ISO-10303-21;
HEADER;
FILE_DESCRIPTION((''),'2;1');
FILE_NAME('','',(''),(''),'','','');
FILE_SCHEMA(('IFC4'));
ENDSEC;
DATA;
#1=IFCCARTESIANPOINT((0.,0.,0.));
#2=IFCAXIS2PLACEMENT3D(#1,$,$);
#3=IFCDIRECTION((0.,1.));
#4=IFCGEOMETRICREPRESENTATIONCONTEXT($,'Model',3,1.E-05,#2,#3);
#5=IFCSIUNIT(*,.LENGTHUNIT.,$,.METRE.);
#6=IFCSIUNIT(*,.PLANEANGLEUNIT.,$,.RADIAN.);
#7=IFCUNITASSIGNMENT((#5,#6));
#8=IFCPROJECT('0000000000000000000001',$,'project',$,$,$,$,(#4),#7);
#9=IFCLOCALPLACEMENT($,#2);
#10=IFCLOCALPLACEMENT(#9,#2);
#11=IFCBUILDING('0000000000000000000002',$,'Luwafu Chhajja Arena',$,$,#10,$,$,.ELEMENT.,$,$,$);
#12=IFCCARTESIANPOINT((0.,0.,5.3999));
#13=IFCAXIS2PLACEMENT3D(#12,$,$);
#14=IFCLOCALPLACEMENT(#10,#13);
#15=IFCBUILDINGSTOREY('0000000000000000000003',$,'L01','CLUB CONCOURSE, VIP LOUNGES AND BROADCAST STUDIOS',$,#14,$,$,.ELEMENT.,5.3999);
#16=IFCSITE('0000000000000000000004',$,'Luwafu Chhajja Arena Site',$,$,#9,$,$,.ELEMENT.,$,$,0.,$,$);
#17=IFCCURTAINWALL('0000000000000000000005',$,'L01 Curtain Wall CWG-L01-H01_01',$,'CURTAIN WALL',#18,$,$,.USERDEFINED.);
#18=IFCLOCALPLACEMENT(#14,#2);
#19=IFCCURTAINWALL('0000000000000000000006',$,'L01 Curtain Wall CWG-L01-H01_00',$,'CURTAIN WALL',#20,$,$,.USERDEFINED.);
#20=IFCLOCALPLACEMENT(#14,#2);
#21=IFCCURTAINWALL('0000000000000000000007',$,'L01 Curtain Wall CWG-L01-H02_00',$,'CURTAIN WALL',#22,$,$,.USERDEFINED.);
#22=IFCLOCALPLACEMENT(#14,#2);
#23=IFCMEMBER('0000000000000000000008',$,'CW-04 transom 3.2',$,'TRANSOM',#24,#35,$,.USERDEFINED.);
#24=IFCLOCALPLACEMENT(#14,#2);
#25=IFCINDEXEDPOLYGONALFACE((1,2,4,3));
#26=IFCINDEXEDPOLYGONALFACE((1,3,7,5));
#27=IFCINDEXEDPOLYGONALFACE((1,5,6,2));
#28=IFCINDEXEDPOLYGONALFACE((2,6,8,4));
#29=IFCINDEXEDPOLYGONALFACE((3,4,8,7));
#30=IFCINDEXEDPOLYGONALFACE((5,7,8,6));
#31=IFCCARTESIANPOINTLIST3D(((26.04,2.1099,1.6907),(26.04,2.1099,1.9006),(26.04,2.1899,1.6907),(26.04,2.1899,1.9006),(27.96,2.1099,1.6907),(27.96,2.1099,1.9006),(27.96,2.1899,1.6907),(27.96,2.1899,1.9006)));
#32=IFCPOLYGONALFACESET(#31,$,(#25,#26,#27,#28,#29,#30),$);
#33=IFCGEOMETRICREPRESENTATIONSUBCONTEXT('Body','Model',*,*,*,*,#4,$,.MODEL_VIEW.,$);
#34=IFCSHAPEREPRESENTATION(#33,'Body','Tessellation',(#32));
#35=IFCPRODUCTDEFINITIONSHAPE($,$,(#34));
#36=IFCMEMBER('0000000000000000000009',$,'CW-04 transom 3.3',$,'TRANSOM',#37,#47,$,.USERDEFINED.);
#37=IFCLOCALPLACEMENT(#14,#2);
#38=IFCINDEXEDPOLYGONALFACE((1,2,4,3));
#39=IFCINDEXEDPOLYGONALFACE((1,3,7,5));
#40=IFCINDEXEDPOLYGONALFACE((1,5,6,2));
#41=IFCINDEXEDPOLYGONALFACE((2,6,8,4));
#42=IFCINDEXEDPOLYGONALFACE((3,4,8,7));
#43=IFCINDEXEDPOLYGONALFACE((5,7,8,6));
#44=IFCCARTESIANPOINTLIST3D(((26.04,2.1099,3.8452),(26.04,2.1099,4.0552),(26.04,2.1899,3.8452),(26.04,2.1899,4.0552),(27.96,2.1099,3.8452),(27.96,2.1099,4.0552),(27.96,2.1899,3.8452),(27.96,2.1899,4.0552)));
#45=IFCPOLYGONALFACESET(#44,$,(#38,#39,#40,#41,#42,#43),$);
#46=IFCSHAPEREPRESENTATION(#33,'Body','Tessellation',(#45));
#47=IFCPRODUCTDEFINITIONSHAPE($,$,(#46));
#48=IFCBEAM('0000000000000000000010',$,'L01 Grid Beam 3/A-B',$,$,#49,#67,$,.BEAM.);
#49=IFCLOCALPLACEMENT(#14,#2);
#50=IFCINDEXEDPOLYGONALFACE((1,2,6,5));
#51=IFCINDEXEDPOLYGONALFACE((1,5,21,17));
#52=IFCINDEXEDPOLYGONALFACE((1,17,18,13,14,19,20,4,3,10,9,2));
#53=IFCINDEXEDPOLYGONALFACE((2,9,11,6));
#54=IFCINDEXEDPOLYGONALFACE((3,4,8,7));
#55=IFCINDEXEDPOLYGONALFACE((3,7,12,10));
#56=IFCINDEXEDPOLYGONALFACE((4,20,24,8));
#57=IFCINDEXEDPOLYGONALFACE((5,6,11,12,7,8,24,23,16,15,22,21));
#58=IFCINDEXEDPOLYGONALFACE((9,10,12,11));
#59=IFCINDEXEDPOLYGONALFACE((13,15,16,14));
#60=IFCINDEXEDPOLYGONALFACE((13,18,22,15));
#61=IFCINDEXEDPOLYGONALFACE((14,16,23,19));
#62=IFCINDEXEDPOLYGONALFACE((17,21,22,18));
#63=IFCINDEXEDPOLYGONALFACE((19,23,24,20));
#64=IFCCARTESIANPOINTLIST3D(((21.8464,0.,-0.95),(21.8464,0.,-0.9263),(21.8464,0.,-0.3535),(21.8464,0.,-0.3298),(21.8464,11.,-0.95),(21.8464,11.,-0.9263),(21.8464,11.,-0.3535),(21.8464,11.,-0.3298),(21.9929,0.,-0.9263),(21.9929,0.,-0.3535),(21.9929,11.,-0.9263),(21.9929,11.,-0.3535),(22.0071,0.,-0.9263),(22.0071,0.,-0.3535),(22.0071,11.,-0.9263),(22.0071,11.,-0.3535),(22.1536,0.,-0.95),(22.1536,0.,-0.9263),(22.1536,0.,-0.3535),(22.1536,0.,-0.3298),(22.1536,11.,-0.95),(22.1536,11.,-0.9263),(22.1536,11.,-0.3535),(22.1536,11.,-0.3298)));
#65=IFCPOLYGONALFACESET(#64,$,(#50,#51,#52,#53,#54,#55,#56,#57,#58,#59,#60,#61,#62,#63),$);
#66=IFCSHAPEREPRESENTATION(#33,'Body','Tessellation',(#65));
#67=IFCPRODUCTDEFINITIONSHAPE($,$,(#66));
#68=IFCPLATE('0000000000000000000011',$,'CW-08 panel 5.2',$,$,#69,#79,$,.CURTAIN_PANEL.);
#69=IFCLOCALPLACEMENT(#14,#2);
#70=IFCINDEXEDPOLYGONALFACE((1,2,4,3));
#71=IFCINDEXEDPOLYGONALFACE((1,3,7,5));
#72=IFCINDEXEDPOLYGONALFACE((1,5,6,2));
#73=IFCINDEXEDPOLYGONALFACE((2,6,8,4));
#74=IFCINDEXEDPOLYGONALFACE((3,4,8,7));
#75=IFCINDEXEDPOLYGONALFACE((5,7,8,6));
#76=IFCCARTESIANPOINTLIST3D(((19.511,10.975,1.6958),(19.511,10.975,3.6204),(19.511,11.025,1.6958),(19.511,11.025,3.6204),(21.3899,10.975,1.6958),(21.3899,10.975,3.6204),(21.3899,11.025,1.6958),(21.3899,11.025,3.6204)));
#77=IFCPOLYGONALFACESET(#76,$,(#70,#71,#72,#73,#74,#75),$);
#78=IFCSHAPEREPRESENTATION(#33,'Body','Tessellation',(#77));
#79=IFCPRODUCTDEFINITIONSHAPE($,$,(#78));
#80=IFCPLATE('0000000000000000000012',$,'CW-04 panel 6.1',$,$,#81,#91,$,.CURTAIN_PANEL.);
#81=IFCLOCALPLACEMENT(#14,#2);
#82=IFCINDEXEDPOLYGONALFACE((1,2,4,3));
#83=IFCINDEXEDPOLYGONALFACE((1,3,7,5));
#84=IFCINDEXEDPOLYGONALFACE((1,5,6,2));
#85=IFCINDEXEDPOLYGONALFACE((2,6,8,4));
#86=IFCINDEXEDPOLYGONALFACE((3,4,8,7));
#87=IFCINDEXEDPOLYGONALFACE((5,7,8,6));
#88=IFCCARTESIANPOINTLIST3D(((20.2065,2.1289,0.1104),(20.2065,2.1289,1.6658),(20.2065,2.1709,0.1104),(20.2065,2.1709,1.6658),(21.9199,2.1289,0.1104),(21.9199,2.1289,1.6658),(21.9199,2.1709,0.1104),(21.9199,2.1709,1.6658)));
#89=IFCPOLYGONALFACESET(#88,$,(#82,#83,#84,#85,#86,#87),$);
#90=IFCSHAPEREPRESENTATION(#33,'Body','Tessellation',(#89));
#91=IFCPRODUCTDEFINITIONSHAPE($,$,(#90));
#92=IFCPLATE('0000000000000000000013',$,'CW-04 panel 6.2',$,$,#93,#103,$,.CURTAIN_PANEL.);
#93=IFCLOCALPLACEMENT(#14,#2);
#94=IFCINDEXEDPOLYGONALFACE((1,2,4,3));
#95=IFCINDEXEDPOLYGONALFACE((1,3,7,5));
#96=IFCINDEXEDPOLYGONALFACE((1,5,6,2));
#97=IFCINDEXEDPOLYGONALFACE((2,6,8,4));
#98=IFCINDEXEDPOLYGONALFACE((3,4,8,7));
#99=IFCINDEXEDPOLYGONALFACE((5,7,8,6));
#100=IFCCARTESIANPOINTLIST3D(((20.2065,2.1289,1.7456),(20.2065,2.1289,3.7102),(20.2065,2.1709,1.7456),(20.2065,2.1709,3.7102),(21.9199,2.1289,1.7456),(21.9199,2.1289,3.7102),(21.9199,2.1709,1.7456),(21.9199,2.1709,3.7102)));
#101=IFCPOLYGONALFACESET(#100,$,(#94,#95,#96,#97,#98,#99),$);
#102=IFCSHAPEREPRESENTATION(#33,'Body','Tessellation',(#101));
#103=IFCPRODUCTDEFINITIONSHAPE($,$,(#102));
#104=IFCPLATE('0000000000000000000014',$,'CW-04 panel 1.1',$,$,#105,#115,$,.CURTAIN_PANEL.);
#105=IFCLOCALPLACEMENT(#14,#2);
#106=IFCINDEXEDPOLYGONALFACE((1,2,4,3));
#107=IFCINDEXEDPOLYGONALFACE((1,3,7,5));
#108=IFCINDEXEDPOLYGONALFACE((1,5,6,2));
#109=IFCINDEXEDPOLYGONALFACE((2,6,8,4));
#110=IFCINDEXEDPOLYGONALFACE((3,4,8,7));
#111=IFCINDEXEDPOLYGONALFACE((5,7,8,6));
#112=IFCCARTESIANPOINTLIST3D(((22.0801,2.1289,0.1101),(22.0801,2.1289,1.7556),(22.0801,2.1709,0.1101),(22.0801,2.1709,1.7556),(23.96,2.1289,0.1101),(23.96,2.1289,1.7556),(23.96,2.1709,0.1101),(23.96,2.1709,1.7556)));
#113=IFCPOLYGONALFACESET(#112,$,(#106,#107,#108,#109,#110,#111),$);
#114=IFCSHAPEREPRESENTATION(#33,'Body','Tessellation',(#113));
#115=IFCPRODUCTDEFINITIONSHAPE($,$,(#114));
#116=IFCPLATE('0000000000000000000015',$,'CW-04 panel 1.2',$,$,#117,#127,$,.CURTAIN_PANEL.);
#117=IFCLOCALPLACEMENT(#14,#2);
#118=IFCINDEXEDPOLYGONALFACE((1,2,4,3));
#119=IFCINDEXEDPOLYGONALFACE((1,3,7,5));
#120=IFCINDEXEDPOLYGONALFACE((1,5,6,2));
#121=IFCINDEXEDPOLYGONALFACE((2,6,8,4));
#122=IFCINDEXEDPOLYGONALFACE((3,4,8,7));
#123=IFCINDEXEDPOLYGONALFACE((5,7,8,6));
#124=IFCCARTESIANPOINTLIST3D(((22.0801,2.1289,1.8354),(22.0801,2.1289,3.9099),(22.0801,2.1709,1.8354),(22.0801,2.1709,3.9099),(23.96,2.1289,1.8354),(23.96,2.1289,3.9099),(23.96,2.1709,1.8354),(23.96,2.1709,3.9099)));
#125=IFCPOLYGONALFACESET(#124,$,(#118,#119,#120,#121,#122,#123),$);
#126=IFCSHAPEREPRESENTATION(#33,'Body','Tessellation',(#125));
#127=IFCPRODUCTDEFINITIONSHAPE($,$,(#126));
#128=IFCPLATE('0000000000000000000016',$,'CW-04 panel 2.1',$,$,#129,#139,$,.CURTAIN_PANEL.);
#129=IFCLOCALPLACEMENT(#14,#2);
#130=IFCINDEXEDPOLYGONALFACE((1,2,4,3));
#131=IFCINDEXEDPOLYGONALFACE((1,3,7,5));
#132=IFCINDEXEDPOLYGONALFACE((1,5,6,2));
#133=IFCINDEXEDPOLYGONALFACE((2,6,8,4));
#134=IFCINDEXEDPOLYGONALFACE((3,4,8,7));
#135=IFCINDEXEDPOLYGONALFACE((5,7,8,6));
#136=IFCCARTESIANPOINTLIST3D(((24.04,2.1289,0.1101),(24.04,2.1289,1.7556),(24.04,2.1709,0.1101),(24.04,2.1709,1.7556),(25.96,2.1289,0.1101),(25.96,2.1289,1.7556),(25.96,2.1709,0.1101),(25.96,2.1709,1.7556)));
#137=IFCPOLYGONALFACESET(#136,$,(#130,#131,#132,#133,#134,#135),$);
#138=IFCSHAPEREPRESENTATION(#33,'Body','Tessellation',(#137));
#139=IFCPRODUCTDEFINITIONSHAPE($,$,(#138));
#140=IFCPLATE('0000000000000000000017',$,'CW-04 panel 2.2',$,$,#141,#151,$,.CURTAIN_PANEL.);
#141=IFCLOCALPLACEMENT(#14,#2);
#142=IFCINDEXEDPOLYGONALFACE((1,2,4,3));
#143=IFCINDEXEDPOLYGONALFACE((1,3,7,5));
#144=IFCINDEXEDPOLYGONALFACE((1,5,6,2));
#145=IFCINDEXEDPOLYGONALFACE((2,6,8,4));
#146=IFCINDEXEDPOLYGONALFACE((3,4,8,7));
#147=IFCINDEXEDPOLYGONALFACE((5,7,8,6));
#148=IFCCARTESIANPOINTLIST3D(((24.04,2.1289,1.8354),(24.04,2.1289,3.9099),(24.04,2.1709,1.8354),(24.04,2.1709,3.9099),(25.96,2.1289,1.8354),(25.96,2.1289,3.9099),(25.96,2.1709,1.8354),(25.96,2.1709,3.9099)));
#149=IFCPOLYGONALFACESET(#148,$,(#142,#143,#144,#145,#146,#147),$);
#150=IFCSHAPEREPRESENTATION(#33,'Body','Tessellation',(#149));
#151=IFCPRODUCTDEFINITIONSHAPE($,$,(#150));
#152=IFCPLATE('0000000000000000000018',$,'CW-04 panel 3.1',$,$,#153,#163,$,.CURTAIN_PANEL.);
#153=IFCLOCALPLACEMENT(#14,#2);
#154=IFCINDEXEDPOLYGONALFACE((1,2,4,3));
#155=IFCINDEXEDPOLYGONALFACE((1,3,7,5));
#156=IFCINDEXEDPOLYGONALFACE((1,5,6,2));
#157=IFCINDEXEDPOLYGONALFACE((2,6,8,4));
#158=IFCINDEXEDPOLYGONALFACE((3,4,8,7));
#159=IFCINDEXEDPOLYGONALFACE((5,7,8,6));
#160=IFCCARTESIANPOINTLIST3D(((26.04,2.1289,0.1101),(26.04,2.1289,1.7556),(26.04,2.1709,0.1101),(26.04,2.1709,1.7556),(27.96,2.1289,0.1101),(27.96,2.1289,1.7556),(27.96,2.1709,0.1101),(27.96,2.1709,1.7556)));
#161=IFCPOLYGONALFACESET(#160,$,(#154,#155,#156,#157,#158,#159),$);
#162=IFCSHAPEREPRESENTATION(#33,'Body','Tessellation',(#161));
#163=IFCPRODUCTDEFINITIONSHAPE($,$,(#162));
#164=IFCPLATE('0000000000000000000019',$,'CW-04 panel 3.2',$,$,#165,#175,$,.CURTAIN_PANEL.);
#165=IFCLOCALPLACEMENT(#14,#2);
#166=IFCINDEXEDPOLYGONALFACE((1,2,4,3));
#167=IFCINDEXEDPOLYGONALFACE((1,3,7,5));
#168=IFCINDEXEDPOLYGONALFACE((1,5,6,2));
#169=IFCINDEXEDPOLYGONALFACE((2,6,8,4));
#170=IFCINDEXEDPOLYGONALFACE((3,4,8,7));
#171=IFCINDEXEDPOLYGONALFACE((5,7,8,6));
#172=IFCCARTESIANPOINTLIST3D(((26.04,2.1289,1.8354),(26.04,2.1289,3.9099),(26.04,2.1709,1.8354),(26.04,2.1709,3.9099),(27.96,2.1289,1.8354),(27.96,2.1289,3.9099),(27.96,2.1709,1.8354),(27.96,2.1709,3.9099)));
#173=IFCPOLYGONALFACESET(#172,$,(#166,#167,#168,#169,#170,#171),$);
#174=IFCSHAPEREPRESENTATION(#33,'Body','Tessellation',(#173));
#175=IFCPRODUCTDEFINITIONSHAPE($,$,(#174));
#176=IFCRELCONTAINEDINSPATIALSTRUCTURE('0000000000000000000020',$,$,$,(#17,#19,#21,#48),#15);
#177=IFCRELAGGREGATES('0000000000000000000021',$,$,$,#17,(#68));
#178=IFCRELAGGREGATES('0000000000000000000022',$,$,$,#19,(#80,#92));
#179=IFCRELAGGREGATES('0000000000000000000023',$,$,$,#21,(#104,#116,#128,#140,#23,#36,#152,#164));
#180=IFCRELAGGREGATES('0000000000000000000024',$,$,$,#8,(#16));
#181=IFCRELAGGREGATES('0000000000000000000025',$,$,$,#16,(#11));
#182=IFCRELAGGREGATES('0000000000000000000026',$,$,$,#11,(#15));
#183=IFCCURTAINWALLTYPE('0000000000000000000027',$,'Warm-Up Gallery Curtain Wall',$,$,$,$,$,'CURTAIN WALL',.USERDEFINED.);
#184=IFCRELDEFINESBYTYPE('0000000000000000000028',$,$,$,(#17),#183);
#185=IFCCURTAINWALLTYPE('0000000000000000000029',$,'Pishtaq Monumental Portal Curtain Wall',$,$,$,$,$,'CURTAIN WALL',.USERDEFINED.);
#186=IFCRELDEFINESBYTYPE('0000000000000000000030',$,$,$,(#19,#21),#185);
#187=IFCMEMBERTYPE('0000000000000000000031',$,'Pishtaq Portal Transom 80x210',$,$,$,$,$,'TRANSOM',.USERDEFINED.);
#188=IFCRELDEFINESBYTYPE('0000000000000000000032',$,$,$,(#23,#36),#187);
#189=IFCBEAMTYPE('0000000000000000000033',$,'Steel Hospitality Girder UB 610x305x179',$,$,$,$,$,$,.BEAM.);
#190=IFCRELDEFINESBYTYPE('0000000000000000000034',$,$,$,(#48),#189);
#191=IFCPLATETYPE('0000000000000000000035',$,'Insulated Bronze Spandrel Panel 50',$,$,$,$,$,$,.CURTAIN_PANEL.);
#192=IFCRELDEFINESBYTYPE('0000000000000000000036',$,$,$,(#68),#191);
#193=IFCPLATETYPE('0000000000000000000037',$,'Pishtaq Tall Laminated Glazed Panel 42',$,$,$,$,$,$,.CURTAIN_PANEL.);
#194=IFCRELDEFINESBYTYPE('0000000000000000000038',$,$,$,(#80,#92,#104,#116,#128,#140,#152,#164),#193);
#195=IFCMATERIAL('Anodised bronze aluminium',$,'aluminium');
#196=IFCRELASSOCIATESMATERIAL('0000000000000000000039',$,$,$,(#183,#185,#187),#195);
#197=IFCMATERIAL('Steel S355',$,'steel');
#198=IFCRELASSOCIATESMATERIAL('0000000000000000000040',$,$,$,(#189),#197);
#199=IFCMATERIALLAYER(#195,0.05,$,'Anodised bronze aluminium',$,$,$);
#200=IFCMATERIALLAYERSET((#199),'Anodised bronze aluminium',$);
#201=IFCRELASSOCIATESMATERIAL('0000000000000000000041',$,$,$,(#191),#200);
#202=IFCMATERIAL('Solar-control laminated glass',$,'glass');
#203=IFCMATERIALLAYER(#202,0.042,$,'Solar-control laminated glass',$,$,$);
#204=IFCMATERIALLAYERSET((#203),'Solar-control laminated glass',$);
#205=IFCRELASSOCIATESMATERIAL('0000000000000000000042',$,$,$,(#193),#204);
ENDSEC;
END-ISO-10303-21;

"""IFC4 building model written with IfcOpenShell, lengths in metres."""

from ifc_helpers import new_model, si_unit, direction, frame, origin, origin_2d, place, context, subcontext, project, spatial, rectangle, i_section, extrude, material, layer, layer_set, material_profile, profile_set, type_object, element, aggregate, save


model = new_model("IFC4")

# Units and contexts
model_context = context("Model", 3, precision=1e-05, world=origin(), true_north=direction((0.0, 1.0)))
body_context = subcontext(model_context, "Body", "Model", "MODEL_VIEW")
ifc_project = project(units=[si_unit("LENGTHUNIT", "METRE"), si_unit("PLANEANGLEUNIT", "RADIAN")], contexts=[model_context])

# Site, building, storey
site_placement = place(None, origin())
site = spatial("IfcSite", under=ifc_project, at=site_placement, Name="Luwafu Chhajja Arena Site", CompositionType="ELEMENT", RefElevation=0.0)
building_placement = place(site_placement, origin())
building = spatial("IfcBuilding", under=site, at=building_placement, Name="Luwafu Chhajja Arena", CompositionType="ELEMENT")
storey_placement = place(building_placement, frame((0.0, 0.0, 5.3999)))
storey = spatial("IfcBuildingStorey", under=building, at=storey_placement, Name="L01", Description="CLUB CONCOURSE, VIP LOUNGES AND BROADCAST STUDIOS", CompositionType="ELEMENT", Elevation=5.3999)

# Curtain walls
ifc_material_1 = material(Name="Anodised bronze aluminium", Category="aluminium")
curtain_wall_type_1 = type_object("IfcCurtainWallType", Name="Warm-Up Gallery Curtain Wall", ElementType="CURTAIN WALL", PredefinedType="USERDEFINED", material=ifc_material_1)
curtain_wall_1_placement = place(storey_placement, origin())
curtain_wall_1 = element("IfcCurtainWall", 1, at=curtain_wall_1_placement, inside=storey, type_object=curtain_wall_type_1, Name="L01 Curtain Wall CWG-L01-H01_01", ObjectType="CURTAIN WALL", PredefinedType="USERDEFINED")
curtain_wall_type_2 = type_object("IfcCurtainWallType", Name="Pishtaq Monumental Portal Curtain Wall", ElementType="CURTAIN WALL", PredefinedType="USERDEFINED", material=ifc_material_1)
curtain_wall_2_placement = place(storey_placement, origin())
curtain_wall_2 = element("IfcCurtainWall", 2, at=curtain_wall_2_placement, inside=storey, type_object=curtain_wall_type_2, Name="L01 Curtain Wall CWG-L01-H01_00", ObjectType="CURTAIN WALL", PredefinedType="USERDEFINED")

# Curtain wall, members
curtain_wall_3_placement = place(storey_placement, origin())
curtain_wall_3 = element("IfcCurtainWall", 3, at=curtain_wall_3_placement, inside=storey, type_object=curtain_wall_type_2, Name="L01 Curtain Wall CWG-L01-H02_00", ObjectType="CURTAIN WALL", PredefinedType="USERDEFINED")
ifc_material_profile_1 = material_profile(ifc_material_1, rectangle(XDim=0.0801, YDim=0.21, at=origin_2d()), Name="CWT 80x210")
ifc_profile_set_1 = profile_set([ifc_material_profile_1], Name="Anodised bronze aluminium")
member_type_1 = type_object("IfcMemberType", Name="Pishtaq Portal Transom 80x210", ElementType="TRANSOM", PredefinedType="USERDEFINED", material=ifc_profile_set_1)
member_1_placement = place(storey_placement, frame((26.04, 2.1499, 1.7957), z_axis=(1.0, 0.0, 0.0), x_axis=(0.0, 1.0, 0.0)))
member_1 = element("IfcMember", 4, at=member_1_placement, type_object=member_type_1, Name="CW-04 transom 3.2", ObjectType="TRANSOM", PredefinedType="USERDEFINED", context=body_context, shape_type="SweptSolid", body=[
    extrude(rectangle(XDim=0.0801, YDim=0.21, at=origin_2d()), origin(), (0.0, 0.0, 1.0), 1.9199),
])
member_2_placement = place(storey_placement, frame((26.04, 2.1499, 3.9502), z_axis=(1.0, 0.0, 0.0), x_axis=(0.0, 1.0, 0.0)))
member_2 = element("IfcMember", 5, at=member_2_placement, type_object=member_type_1, Name="CW-04 transom 3.3", ObjectType="TRANSOM", PredefinedType="USERDEFINED", context=body_context, shape_type="SweptSolid", body=[
    extrude(rectangle(XDim=0.0801, YDim=0.21, at=origin_2d()), origin(), (0.0, 0.0, 1.0), 1.9199),
])

# Beam
ifc_material_2 = material(Name="Steel S355", Category="steel")
ifc_material_profile_2 = material_profile(ifc_material_2, i_section(OverallWidth=0.3071, OverallDepth=0.6201, WebThickness=0.0142, FlangeThickness=0.0237, at=origin_2d()), Name="UB 610x305x179")
ifc_profile_set_2 = profile_set([ifc_material_profile_2], Name="Steel S355")
beam_type_1 = type_object("IfcBeamType", Name="Steel Hospitality Girder UB 610x305x179", PredefinedType="BEAM", material=ifc_profile_set_2)
beam_1_placement = place(storey_placement, frame((22.0, 0.0, -0.6399), z_axis=(0.0, 1.0, 0.0), x_axis=(-1.0, 0.0, 0.0)))
element("IfcBeam", 6, at=beam_1_placement, inside=storey, type_object=beam_type_1, Name="L01 Grid Beam 3/A-B", PredefinedType="BEAM", context=body_context, shape_type="SweptSolid", body=[
    extrude(i_section(OverallWidth=0.3071, OverallDepth=0.6201, WebThickness=0.0142, FlangeThickness=0.0237, at=origin_2d()), origin(), (0.0, 0.0, 1.0), 11.0),
])

# Plates
ifc_layer_1 = layer(ifc_material_1, 0.05, Name="Anodised bronze aluminium")
ifc_layer_set_1 = layer_set([ifc_layer_1], Name="Anodised bronze aluminium")
plate_type_1 = type_object("IfcPlateType", Name="Insulated Bronze Spandrel Panel 50", PredefinedType="CURTAIN_PANEL", material=ifc_layer_set_1)
plate_1_placement = place(storey_placement, frame((20.4504, 11.0, 1.6958), z_axis=(0.0, 0.0, 1.0), x_axis=(1.0, 0.0, 0.0)))
plate_1 = element("IfcPlate", 7, at=plate_1_placement, type_object=plate_type_1, Name="CW-08 panel 5.2", PredefinedType="CURTAIN_PANEL", context=body_context, shape_type="SweptSolid", body=[
    extrude(rectangle(XDim=1.8789, YDim=0.05, at=origin_2d()), origin(), (0.0, 0.0, 1.0), 1.9246),
])
aggregate(curtain_wall_1, [plate_1])
ifc_material_3 = material(Name="Solar-control laminated glass", Category="glass")
ifc_layer_2 = layer(ifc_material_3, 0.042, Name="Solar-control laminated glass")
ifc_layer_set_2 = layer_set([ifc_layer_2], Name="Solar-control laminated glass")
plate_type_2 = type_object("IfcPlateType", Name="Pishtaq Tall Laminated Glazed Panel 42", PredefinedType="CURTAIN_PANEL", material=ifc_layer_set_2)
plate_2_placement = place(storey_placement, frame((21.0632, 2.1499, 0.1104), z_axis=(0.0, 0.0, 1.0), x_axis=(1.0, 0.0, 0.0)))
plate_2 = element("IfcPlate", 8, at=plate_2_placement, type_object=plate_type_2, Name="CW-04 panel 6.1", PredefinedType="CURTAIN_PANEL", context=body_context, shape_type="SweptSolid", body=[
    extrude(rectangle(XDim=1.7134, YDim=0.042, at=origin_2d()), origin(), (0.0, 0.0, 1.0), 1.5554),
])
plate_3_placement = place(storey_placement, frame((21.0632, 2.1499, 1.7456), z_axis=(0.0, 0.0, 1.0), x_axis=(1.0, 0.0, 0.0)))
plate_3 = element("IfcPlate", 9, at=plate_3_placement, type_object=plate_type_2, Name="CW-04 panel 6.2", PredefinedType="CURTAIN_PANEL", context=body_context, shape_type="SweptSolid", body=[
    extrude(rectangle(XDim=1.7134, YDim=0.042, at=origin_2d()), origin(), (0.0, 0.0, 1.0), 1.9646),
])
aggregate(curtain_wall_2, [plate_2, plate_3])
plate_4_placement = place(storey_placement, frame((23.02, 2.1499, 0.1101), z_axis=(0.0, 0.0, 1.0), x_axis=(1.0, 0.0, 0.0)))
plate_4 = element("IfcPlate", 10, at=plate_4_placement, type_object=plate_type_2, Name="CW-04 panel 1.1", PredefinedType="CURTAIN_PANEL", context=body_context, shape_type="SweptSolid", body=[
    extrude(rectangle(XDim=1.8799, YDim=0.042, at=origin_2d()), origin(), (0.0, 0.0, 1.0), 1.6455),
])
plate_5_placement = place(storey_placement, frame((23.02, 2.1499, 1.8354), z_axis=(0.0, 0.0, 1.0), x_axis=(1.0, 0.0, 0.0)))
plate_5 = element("IfcPlate", 11, at=plate_5_placement, type_object=plate_type_2, Name="CW-04 panel 1.2", PredefinedType="CURTAIN_PANEL", context=body_context, shape_type="SweptSolid", body=[
    extrude(rectangle(XDim=1.8799, YDim=0.042, at=origin_2d()), origin(), (0.0, 0.0, 1.0), 2.0745),
])
plate_6_placement = place(storey_placement, frame((25.0, 2.1499, 0.1101), z_axis=(0.0, 0.0, 1.0), x_axis=(1.0, 0.0, 0.0)))
plate_6 = element("IfcPlate", 12, at=plate_6_placement, type_object=plate_type_2, Name="CW-04 panel 2.1", PredefinedType="CURTAIN_PANEL", context=body_context, shape_type="SweptSolid", body=[
    extrude(rectangle(XDim=1.9199, YDim=0.042, at=origin_2d()), origin(), (0.0, 0.0, 1.0), 1.6455),
])
plate_7_placement = place(storey_placement, frame((25.0, 2.1499, 1.8354), z_axis=(0.0, 0.0, 1.0), x_axis=(1.0, 0.0, 0.0)))
plate_7 = element("IfcPlate", 13, at=plate_7_placement, type_object=plate_type_2, Name="CW-04 panel 2.2", PredefinedType="CURTAIN_PANEL", context=body_context, shape_type="SweptSolid", body=[
    extrude(rectangle(XDim=1.9199, YDim=0.042, at=origin_2d()), origin(), (0.0, 0.0, 1.0), 2.0745),
])
plate_8_placement = place(storey_placement, frame((27.0, 2.1499, 0.1101), z_axis=(0.0, 0.0, 1.0), x_axis=(1.0, 0.0, 0.0)))
plate_8 = element("IfcPlate", 14, at=plate_8_placement, type_object=plate_type_2, Name="CW-04 panel 3.1", PredefinedType="CURTAIN_PANEL", context=body_context, shape_type="SweptSolid", body=[
    extrude(rectangle(XDim=1.9199, YDim=0.042, at=origin_2d()), origin(), (0.0, 0.0, 1.0), 1.6455),
])
plate_9_placement = place(storey_placement, frame((27.0, 2.1499, 1.8354), z_axis=(0.0, 0.0, 1.0), x_axis=(1.0, 0.0, 0.0)))
plate_9 = element("IfcPlate", 15, at=plate_9_placement, type_object=plate_type_2, Name="CW-04 panel 3.2", PredefinedType="CURTAIN_PANEL", context=body_context, shape_type="SweptSolid", body=[
    extrude(rectangle(XDim=1.9199, YDim=0.042, at=origin_2d()), origin(), (0.0, 0.0, 1.0), 2.0745),
])
aggregate(curtain_wall_3, [plate_4, plate_5, plate_6, plate_7, member_1, member_2, plate_8, plate_9])

save(model, "model.ifc")
